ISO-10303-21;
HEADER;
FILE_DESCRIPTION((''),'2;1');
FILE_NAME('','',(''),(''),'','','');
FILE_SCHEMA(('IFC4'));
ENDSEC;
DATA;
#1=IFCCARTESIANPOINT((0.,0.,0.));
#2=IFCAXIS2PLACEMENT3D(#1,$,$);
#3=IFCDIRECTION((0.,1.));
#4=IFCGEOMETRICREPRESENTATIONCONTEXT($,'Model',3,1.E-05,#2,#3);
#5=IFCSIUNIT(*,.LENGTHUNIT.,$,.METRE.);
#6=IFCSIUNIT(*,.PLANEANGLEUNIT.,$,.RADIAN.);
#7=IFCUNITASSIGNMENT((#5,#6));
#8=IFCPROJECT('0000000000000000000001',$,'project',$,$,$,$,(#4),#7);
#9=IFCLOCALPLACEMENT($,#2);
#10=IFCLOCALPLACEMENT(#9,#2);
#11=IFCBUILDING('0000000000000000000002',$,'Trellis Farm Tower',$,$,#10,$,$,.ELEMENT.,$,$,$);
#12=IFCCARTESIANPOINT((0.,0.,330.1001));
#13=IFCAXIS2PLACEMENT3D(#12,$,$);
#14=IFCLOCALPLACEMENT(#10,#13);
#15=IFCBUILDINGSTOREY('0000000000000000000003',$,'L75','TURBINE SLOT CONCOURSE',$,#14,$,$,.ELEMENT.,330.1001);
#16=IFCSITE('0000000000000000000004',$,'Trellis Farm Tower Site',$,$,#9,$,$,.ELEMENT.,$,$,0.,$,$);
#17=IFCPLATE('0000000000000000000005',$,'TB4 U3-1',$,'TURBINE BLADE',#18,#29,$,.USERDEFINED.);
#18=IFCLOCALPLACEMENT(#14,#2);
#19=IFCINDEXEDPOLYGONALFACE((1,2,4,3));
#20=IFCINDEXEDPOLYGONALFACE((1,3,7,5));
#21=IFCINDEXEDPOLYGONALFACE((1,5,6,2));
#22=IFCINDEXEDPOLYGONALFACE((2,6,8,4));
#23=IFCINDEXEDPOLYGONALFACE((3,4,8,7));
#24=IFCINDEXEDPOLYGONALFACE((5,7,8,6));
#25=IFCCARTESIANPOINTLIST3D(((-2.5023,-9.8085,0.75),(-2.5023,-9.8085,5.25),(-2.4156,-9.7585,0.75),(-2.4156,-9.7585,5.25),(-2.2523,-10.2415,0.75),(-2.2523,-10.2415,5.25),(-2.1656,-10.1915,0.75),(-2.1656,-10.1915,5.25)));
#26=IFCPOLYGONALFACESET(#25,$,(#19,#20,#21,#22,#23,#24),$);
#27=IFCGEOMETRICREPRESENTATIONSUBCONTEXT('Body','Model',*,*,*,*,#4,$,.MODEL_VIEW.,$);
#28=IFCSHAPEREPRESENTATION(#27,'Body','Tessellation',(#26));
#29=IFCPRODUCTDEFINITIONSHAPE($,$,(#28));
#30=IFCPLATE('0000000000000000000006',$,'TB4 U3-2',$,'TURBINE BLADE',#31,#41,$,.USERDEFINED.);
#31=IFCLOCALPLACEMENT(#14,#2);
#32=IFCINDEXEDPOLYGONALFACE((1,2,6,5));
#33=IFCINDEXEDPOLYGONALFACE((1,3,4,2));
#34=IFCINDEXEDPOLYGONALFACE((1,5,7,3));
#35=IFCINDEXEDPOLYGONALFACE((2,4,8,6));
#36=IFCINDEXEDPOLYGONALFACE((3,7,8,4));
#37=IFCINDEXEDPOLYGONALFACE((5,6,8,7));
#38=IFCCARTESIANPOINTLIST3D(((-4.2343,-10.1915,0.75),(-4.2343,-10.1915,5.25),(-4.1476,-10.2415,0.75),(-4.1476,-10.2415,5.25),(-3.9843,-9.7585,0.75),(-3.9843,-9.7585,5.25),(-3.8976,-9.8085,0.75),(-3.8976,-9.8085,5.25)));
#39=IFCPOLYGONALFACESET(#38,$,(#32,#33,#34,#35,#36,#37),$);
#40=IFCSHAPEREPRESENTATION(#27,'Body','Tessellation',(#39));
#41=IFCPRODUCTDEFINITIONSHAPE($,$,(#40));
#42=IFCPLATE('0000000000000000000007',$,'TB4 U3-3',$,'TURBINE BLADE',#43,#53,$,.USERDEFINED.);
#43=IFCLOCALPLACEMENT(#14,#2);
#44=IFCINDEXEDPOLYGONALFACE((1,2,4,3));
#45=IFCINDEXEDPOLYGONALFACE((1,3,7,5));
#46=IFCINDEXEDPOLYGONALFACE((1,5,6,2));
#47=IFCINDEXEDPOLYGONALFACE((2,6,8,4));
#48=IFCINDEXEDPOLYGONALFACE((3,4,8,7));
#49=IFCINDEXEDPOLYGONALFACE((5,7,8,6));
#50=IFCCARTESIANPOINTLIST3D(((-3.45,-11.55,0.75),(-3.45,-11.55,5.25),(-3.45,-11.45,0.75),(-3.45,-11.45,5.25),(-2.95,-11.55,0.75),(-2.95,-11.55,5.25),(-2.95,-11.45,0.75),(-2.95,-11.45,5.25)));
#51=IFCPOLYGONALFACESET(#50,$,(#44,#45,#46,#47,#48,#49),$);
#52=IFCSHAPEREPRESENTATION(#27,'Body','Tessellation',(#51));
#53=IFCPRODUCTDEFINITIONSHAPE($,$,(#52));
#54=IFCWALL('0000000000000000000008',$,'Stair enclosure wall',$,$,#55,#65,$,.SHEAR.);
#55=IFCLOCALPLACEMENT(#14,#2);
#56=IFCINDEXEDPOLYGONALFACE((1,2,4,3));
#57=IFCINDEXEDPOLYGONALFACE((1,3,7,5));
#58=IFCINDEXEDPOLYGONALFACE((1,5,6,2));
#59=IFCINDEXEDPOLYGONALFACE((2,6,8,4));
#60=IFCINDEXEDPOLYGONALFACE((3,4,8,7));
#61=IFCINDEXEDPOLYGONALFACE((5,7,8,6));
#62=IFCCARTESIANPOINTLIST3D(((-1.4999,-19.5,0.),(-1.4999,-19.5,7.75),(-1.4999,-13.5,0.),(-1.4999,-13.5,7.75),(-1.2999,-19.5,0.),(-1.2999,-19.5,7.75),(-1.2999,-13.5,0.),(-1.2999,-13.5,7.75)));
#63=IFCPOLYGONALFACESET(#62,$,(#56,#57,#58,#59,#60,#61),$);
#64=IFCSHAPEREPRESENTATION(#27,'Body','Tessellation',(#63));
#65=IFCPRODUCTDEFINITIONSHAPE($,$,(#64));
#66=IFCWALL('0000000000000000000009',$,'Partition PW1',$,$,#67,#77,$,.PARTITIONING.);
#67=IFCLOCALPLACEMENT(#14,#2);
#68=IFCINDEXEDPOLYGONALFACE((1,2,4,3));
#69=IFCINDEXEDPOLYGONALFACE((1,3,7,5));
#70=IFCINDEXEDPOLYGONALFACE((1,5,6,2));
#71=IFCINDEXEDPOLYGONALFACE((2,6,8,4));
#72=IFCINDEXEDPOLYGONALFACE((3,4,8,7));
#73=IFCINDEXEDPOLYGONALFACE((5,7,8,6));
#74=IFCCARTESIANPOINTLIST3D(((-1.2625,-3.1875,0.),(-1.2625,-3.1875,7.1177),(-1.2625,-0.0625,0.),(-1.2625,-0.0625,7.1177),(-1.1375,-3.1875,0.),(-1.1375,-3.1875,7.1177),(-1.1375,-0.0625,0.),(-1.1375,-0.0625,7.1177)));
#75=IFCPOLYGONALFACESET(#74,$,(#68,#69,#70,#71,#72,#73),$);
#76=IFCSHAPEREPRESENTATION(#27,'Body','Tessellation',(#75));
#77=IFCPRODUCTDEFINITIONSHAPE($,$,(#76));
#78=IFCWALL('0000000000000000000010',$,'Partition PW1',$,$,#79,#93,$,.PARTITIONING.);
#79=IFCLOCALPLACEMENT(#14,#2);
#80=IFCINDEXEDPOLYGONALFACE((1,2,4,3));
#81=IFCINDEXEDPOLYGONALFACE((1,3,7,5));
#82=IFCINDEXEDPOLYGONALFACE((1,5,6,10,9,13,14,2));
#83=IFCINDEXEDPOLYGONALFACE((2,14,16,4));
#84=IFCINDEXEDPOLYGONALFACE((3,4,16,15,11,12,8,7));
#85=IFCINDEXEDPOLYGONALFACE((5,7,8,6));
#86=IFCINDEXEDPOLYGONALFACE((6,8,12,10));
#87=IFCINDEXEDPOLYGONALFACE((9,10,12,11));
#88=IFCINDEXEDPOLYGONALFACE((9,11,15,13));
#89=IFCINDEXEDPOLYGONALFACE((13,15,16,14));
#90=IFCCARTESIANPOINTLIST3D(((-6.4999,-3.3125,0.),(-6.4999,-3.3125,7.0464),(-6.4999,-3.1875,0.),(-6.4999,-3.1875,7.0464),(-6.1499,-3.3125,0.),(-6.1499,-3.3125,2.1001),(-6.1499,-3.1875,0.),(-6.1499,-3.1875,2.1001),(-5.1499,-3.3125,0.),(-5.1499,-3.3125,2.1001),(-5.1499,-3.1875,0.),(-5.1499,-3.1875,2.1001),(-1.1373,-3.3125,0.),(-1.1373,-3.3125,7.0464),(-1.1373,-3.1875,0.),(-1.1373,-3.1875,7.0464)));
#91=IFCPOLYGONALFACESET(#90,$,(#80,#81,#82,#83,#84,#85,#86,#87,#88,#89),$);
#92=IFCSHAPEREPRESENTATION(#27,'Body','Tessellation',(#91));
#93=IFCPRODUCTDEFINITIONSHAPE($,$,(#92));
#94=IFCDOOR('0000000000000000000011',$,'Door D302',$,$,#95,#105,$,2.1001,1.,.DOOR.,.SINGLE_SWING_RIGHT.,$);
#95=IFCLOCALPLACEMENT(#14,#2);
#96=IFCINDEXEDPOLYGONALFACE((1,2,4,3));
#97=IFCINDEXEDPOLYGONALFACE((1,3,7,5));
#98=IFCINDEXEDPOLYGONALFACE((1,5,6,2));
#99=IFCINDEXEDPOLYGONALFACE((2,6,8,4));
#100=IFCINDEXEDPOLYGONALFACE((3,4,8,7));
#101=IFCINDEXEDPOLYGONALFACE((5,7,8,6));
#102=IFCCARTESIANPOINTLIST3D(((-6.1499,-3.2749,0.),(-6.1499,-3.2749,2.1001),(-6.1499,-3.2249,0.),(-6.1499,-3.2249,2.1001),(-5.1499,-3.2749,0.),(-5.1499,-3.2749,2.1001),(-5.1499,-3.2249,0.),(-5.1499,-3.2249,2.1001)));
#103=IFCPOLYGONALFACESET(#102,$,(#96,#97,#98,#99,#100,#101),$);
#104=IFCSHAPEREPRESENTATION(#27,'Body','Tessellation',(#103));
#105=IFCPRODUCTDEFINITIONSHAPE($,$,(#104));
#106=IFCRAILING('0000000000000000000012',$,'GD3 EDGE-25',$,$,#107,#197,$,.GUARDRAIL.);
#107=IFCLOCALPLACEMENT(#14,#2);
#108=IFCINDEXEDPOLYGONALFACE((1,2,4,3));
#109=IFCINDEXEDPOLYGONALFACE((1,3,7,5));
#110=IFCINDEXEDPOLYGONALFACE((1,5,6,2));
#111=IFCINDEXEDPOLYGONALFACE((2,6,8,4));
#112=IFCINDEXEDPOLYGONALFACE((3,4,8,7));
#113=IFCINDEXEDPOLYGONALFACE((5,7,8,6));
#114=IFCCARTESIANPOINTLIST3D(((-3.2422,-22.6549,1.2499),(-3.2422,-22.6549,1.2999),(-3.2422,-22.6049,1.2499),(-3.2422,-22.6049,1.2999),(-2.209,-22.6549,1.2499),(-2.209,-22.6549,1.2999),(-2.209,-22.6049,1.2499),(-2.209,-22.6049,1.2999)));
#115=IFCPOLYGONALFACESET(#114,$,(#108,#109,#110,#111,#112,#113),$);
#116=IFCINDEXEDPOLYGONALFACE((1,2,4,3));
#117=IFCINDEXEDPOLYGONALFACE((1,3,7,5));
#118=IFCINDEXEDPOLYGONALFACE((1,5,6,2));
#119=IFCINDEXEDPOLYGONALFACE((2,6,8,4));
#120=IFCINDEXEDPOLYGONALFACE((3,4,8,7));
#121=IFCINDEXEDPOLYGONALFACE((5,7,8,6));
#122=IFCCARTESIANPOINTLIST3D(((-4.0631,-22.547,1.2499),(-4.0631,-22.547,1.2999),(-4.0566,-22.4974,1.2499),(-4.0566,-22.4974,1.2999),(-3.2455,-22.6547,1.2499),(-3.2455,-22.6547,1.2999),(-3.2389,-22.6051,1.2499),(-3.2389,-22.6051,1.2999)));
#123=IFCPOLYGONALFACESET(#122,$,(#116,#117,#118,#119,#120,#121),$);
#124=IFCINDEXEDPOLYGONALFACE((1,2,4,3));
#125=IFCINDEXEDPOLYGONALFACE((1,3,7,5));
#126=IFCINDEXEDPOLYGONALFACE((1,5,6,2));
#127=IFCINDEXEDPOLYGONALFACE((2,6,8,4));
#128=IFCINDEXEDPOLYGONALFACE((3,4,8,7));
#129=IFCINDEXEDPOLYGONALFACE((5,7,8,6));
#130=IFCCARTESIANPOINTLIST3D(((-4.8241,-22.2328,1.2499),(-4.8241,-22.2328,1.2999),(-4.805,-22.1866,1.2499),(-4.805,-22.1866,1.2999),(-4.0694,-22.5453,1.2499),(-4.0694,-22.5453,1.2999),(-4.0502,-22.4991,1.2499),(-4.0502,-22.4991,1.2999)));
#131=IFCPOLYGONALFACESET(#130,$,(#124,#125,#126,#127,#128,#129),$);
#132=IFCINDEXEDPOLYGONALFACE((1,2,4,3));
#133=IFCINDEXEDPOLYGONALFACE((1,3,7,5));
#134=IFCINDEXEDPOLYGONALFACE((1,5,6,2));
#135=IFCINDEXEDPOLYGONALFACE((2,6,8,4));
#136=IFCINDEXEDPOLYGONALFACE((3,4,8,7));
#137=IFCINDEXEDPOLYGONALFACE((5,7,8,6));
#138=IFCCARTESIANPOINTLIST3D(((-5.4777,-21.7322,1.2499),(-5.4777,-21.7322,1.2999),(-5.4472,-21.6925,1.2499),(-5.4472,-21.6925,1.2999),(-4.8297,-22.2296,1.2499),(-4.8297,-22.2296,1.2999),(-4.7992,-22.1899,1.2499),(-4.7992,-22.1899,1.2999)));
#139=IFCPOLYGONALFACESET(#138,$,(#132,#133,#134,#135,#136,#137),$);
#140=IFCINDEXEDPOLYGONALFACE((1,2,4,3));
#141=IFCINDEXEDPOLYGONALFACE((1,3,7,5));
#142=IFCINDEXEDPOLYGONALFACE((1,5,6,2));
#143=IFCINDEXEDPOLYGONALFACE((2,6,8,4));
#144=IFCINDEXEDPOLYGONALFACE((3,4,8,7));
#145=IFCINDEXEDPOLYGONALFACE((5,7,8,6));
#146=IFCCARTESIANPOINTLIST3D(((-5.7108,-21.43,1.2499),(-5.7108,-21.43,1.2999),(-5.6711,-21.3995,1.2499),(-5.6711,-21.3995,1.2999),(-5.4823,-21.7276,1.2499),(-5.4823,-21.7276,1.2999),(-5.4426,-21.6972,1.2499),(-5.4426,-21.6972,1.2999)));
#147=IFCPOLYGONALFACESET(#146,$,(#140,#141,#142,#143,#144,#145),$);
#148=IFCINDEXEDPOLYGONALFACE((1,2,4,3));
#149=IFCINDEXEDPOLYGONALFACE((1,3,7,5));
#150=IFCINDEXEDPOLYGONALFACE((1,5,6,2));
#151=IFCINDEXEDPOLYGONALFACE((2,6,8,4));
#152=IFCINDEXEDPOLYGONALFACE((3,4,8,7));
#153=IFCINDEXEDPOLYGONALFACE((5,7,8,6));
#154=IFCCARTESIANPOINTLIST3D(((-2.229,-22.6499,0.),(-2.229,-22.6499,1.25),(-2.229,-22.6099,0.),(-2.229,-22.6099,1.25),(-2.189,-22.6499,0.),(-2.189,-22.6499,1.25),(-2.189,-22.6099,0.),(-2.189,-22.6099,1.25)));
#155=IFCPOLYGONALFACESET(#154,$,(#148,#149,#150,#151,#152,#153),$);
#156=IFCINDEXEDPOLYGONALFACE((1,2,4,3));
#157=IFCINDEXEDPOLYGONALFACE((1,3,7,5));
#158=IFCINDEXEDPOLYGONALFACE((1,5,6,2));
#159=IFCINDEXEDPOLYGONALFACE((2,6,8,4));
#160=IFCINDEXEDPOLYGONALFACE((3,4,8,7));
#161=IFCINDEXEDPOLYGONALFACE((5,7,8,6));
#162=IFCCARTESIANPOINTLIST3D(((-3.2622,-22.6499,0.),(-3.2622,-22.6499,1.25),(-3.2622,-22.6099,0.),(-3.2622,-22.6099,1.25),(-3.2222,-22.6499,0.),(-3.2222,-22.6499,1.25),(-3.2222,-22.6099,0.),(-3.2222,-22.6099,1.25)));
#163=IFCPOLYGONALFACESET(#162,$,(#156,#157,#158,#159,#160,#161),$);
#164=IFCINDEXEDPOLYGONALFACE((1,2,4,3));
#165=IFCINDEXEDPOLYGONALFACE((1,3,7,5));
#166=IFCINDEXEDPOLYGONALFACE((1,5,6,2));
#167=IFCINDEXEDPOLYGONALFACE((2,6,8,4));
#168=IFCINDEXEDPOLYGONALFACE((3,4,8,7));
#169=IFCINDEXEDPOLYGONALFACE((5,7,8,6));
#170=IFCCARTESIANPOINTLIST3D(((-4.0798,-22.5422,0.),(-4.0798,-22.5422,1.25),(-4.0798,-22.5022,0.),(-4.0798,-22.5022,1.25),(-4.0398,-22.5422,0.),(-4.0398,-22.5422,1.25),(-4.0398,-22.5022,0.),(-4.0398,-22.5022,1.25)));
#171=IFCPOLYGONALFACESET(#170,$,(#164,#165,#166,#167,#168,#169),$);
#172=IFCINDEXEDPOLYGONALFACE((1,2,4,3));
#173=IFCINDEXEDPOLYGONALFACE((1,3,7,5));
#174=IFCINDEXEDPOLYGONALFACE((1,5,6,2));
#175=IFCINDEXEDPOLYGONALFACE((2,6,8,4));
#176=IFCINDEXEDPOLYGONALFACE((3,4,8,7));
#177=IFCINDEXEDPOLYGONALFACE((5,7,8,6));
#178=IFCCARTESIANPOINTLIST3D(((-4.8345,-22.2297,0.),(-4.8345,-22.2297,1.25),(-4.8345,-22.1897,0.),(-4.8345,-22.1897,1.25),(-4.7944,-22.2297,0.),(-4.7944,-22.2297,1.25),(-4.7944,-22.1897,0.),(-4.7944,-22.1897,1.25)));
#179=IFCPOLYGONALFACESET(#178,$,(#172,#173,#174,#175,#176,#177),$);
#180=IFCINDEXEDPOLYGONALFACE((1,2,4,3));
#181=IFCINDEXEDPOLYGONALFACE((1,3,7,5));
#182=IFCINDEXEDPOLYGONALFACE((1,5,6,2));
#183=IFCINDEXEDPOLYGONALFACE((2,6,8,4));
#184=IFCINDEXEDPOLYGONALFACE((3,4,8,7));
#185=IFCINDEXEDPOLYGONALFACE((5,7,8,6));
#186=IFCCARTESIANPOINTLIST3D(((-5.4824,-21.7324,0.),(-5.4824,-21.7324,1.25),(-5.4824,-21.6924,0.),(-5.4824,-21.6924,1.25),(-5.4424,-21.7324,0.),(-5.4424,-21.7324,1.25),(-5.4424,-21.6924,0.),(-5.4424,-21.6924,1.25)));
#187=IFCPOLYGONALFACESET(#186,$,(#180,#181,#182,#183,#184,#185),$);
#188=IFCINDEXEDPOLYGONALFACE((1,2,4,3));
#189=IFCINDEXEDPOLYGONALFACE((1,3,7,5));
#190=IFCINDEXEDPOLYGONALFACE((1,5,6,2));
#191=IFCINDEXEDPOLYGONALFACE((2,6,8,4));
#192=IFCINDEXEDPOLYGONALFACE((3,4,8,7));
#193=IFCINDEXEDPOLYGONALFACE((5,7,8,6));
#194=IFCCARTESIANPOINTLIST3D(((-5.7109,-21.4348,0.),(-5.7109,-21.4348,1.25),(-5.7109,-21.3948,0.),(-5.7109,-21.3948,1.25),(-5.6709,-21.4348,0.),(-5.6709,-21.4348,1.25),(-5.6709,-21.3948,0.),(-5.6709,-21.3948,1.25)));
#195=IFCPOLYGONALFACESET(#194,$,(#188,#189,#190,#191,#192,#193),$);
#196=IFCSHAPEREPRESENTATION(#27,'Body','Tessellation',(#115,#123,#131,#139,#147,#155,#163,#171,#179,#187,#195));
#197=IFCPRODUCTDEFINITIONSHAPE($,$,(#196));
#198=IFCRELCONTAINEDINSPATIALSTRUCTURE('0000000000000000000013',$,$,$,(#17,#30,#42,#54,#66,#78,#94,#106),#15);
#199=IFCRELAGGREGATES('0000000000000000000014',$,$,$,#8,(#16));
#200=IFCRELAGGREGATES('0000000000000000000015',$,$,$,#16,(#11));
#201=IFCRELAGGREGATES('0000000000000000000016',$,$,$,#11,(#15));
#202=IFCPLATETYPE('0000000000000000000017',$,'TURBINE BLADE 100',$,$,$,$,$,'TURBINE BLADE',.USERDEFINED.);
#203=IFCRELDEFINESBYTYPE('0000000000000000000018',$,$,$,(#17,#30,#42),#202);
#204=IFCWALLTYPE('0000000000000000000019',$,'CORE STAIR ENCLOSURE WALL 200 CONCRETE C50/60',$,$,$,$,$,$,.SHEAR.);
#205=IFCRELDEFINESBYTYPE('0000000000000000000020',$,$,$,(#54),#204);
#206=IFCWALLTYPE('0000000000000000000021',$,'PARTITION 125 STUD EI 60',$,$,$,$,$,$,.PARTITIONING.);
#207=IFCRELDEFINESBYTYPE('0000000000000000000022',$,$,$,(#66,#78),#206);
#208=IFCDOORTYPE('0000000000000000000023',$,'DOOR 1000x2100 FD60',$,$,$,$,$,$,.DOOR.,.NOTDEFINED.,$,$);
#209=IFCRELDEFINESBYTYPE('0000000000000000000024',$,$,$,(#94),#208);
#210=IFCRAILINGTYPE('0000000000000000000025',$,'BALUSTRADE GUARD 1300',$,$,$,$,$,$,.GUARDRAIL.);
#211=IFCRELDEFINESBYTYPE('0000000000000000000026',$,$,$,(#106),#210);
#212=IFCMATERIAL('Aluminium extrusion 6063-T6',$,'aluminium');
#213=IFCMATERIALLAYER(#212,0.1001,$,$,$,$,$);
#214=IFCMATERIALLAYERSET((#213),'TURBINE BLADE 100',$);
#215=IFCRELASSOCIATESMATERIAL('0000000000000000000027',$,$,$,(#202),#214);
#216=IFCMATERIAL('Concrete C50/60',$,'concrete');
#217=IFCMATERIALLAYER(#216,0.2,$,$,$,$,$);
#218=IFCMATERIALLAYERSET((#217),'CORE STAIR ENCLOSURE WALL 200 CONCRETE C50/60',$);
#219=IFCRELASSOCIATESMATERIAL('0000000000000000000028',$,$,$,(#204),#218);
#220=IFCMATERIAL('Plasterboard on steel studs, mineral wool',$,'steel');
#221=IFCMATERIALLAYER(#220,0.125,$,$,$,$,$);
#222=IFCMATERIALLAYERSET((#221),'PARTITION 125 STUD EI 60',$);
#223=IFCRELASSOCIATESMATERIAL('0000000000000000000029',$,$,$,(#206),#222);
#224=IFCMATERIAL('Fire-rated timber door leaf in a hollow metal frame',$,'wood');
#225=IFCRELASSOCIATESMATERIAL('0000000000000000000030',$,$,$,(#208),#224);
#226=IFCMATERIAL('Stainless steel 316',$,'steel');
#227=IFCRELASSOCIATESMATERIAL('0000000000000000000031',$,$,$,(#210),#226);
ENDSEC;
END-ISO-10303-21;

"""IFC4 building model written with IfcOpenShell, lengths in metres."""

from ifc_helpers import new_model, si_unit, direction, frame, frame_2d, origin, origin_2d, place, context, subcontext, project, spatial, rectangle, extrude, source, transform, mapped, material, layer, layer_set, type_object, element, fill, save


model = new_model("IFC4")

# Units and contexts
model_context = context("Model", 3, precision=1e-05, world=origin(), true_north=direction((0.0, 1.0)))
body_context = subcontext(model_context, "Body", "Model", "MODEL_VIEW")
ifc_project = project(units=[si_unit("LENGTHUNIT", "METRE"), si_unit("PLANEANGLEUNIT", "RADIAN")], contexts=[model_context])

# Site, building, storey
site_placement = place(None, origin())
site = spatial("IfcSite", under=ifc_project, at=site_placement, Name="Trellis Farm Tower Site", CompositionType="ELEMENT", RefElevation=0.0)
building_placement = place(site_placement, origin())
building = spatial("IfcBuilding", under=site, at=building_placement, Name="Trellis Farm Tower", CompositionType="ELEMENT")
storey_placement = place(building_placement, frame((0.0, 0.0, 330.1001)))
storey = spatial("IfcBuildingStorey", under=building, at=storey_placement, Name="L75", Description="TURBINE SLOT CONCOURSE", CompositionType="ELEMENT", Elevation=330.1001)

# Shared definitions
ifc_material_1 = material(Name="Concrete C50/60", Category="concrete")

# Plates
ifc_material_2 = material(Name="Aluminium extrusion 6063-T6", Category="aluminium")
ifc_layer_1 = layer(ifc_material_2, 0.1001)
ifc_layer_set_1 = layer_set([ifc_layer_1], Name="TURBINE BLADE 100")
plate_type = type_object("IfcPlateType", Name="TURBINE BLADE 100", ElementType="TURBINE BLADE", PredefinedType="USERDEFINED", material=ifc_layer_set_1)
shared_shape_1 = source(origin(), body_context, "Body", "SweptSolid", [
    extrude(rectangle(XDim=0.5, YDim=0.1001, at=origin_2d()), origin(), (0.0, 0.0, 1.0), 4.5),
])
for number, where, z_axis, x_axis, name in (
    (1, (-2.334, -10.0, 0.75), (0.0, 0.0, 1.0), (-0.5, 0.866025, 0.0), "TB4 U3-1"),
    (2, (-4.0659, -10.0, 0.75), (0.0, 0.0, 1.0), (-0.5, -0.866025, 0.0), "TB4 U3-2"),
    (3, (-3.2, -11.5, 0.75), (0.0, 0.0, 1.0), (1.0, 0.0, 0.0), "TB4 U3-3"),
):
    element("IfcPlate", number, at=place(storey_placement, frame(where, z_axis=z_axis, x_axis=x_axis)), inside=storey, type_object=plate_type, Name=name, ObjectType="TURBINE BLADE", PredefinedType="USERDEFINED", context=body_context, shape_type="MappedRepresentation", body=[
        mapped(shared_shape_1, transform((0.0, 0.0, 0.0))),
    ])

# Walls
ifc_layer_2 = layer(ifc_material_1, 0.2)
ifc_layer_set_2 = layer_set([ifc_layer_2], Name="CORE STAIR ENCLOSURE WALL 200 CONCRETE C50/60")
wall_type_1 = type_object("IfcWallType", Name="CORE STAIR ENCLOSURE WALL 200 CONCRETE C50/60", PredefinedType="SHEAR", material=ifc_layer_set_2)
shared_shape_2 = source(origin(), body_context, "Body", "SweptSolid", [
    extrude(rectangle(XDim=6.0, YDim=0.2, at=frame_2d((3.0, 0.0))), origin(), (0.0, 0.0, 1.0), 7.75),
])
wall_1_placement = place(storey_placement, frame((-1.3999, -13.5, 0.0), z_axis=(0.0, 0.0, 1.0), x_axis=(0.0, -1.0, 0.0)))
element("IfcWall", 4, at=wall_1_placement, inside=storey, type_object=wall_type_1, Name="Stair enclosure wall", PredefinedType="SHEAR", context=body_context, shape_type="MappedRepresentation", body=[
    mapped(shared_shape_2, transform((0.0, 0.0, 0.0))),
])
ifc_material_3 = material(Name="Plasterboard on steel studs, mineral wool", Category="steel")
ifc_layer_3 = layer(ifc_material_3, 0.125)
ifc_layer_set_3 = layer_set([ifc_layer_3], Name="PARTITION 125 STUD EI 60")
wall_type_2 = type_object("IfcWallType", Name="PARTITION 125 STUD EI 60", PredefinedType="PARTITIONING", material=ifc_layer_set_3)
shared_shape_3 = source(origin(), body_context, "Body", "SweptSolid", [
    extrude(rectangle(XDim=3.125, YDim=0.125, at=frame_2d((1.5625, 0.0))), origin(), (0.0, 0.0, 1.0), 7.1177),
])
wall_2_placement = place(storey_placement, frame((-1.2, -3.1875, 0.0), z_axis=(0.0, 0.0, 1.0), x_axis=(0.0, 1.0, 0.0)))
element("IfcWall", 5, at=wall_2_placement, inside=storey, type_object=wall_type_2, Name="Partition PW1", PredefinedType="PARTITIONING", context=body_context, shape_type="MappedRepresentation", body=[
    mapped(shared_shape_3, transform((0.0, 0.0, 0.0))),
])

# Wall, opening, door
shared_shape_4 = source(origin(), body_context, "Body", "SweptSolid", [
    extrude(rectangle(XDim=5.3625, YDim=0.125, at=frame_2d((2.6812, 0.0))), origin(), (0.0, 0.0, 1.0), 7.0464),
])
wall_3_placement = place(storey_placement, frame((-1.1375, -3.25, 0.0), z_axis=(0.0, 0.0, 1.0), x_axis=(-1.0, 0.0, 0.0)))
wall_3 = element("IfcWall", 6, at=wall_3_placement, inside=storey, type_object=wall_type_2, Name="Partition PW1", PredefinedType="PARTITIONING", context=body_context, shape_type="MappedRepresentation", body=[
    mapped(shared_shape_4, transform((0.0, 0.0, 0.0))),
])
shared_shape_5 = source(origin(), body_context, "Body", "SweptSolid", [
    extrude(rectangle(XDim=1.0, YDim=2.1001, at=frame_2d((0.5, 1.05))), frame((0.0, 0.0725, 0.0), z_axis=(0.0, -1.0, 0.0), x_axis=(1.0, 0.0, 0.0)), (0.0, 0.0, 1.0), 0.145),
])
opening_placement = place(wall_3_placement, frame((4.0125, 0.0, 0.0)))
opening = element("IfcOpeningElement", 7, at=opening_placement, cuts=wall_3, PredefinedType="OPENING", context=body_context, shape_type="MappedRepresentation", body=[
    mapped(shared_shape_5, transform((0.0, 0.0, 0.0))),
])
ifc_material_4 = material(Name="Fire-rated timber door leaf in a hollow metal frame", Category="wood")
door_type = type_object("IfcDoorType", Name="DOOR 1000x2100 FD60", OperationType="NOTDEFINED", PredefinedType="DOOR", material=ifc_material_4)
shared_shape_6 = source(origin(), body_context, "Body", "SweptSolid", [
    extrude(rectangle(XDim=1.0, YDim=2.1001, at=frame_2d((0.5, 1.05))), frame((0.0, 0.0249, 0.0), z_axis=(0.0, -1.0, 0.0), x_axis=(1.0, 0.0, 0.0)), (0.0, 0.0, 1.0), 0.05),
])
door_placement = place(opening_placement, origin())
door = element("IfcDoor", 8, at=door_placement, inside=storey, type_object=door_type, Name="Door D302", OperationType="SINGLE_SWING_RIGHT", OverallHeight=2.1001, OverallWidth=1.0, PredefinedType="DOOR", context=body_context, shape_type="MappedRepresentation", body=[
    mapped(shared_shape_6, transform((0.0, 0.0, 0.0))),
])
fill(opening, door)

# Railing
ifc_material_5 = material(Name="Stainless steel 316", Category="steel")
railing_type_1 = type_object("IfcRailingType", Name="BALUSTRADE GUARD 1300", PredefinedType="GUARDRAIL", material=ifc_material_5)
railing_1_placement = place(storey_placement, frame((-2.209, -22.6299, 0.0)))
element("IfcRailing", 9, at=railing_1_placement, inside=storey, type_object=railing_type_1, Name="GD3 EDGE-25", PredefinedType="GUARDRAIL", context=body_context, shape_type="SweptSolid", body=[
    extrude(rectangle(XDim=0.05, YDim=0.05, at=origin_2d()), frame((0.0, 0.0, 1.2749), z_axis=(-1.0, 0.0, 0.0), x_axis=(0.0, -1.0, 0.0)), (0.0, 0.0, 1.0), 1.0332),
    extrude(rectangle(XDim=0.05, YDim=0.05, at=origin_2d()), frame((-1.0332, 0.0, 1.2749), z_axis=(-0.991441, 0.130554, 0.0), x_axis=(-0.130554, -0.991441, 0.0)), (0.0, 0.0, 1.0), 0.8247),
    extrude(rectangle(XDim=0.05, YDim=0.05, at=origin_2d()), frame((-1.8508, 0.1077, 1.2749), z_axis=(-0.923915, 0.382598, 0.0), x_axis=(-0.382598, -0.923915, 0.0)), (0.0, 0.0, 1.0), 0.8169),
    extrude(rectangle(XDim=0.05, YDim=0.05, at=origin_2d()), frame((-2.6055, 0.4202, 1.2749), z_axis=(-0.793279, 0.608858, 0.0), x_axis=(-0.608858, -0.793279, 0.0)), (0.0, 0.0, 1.0), 0.8169),
    extrude(rectangle(XDim=0.05, YDim=0.05, at=origin_2d()), frame((-3.2534, 0.9175, 1.2749), z_axis=(-0.609019, 0.793156, 0.0), x_axis=(-0.793156, -0.609019, 0.0)), (0.0, 0.0, 1.0), 0.3752),
    extrude(rectangle(XDim=0.04, YDim=0.04, at=origin_2d()), origin(), (0.0, 0.0, 1.0), 1.25),
    extrude(rectangle(XDim=0.04, YDim=0.04, at=origin_2d()), frame((-1.0332, 0.0, 0.0)), (0.0, 0.0, 1.0), 1.25),
    extrude(rectangle(XDim=0.04, YDim=0.04, at=origin_2d()), frame((-1.8508, 0.1077, 0.0)), (0.0, 0.0, 1.0), 1.25),
    extrude(rectangle(XDim=0.04, YDim=0.04, at=origin_2d()), frame((-2.6055, 0.4202, 0.0)), (0.0, 0.0, 1.0), 1.25),
    extrude(rectangle(XDim=0.04, YDim=0.04, at=origin_2d()), frame((-3.2534, 0.9175, 0.0)), (0.0, 0.0, 1.0), 1.25),
    extrude(rectangle(XDim=0.04, YDim=0.04, at=origin_2d()), frame((-3.4819, 1.2151, 0.0)), (0.0, 0.0, 1.0), 1.25),
])

save(model, "model.ifc")
